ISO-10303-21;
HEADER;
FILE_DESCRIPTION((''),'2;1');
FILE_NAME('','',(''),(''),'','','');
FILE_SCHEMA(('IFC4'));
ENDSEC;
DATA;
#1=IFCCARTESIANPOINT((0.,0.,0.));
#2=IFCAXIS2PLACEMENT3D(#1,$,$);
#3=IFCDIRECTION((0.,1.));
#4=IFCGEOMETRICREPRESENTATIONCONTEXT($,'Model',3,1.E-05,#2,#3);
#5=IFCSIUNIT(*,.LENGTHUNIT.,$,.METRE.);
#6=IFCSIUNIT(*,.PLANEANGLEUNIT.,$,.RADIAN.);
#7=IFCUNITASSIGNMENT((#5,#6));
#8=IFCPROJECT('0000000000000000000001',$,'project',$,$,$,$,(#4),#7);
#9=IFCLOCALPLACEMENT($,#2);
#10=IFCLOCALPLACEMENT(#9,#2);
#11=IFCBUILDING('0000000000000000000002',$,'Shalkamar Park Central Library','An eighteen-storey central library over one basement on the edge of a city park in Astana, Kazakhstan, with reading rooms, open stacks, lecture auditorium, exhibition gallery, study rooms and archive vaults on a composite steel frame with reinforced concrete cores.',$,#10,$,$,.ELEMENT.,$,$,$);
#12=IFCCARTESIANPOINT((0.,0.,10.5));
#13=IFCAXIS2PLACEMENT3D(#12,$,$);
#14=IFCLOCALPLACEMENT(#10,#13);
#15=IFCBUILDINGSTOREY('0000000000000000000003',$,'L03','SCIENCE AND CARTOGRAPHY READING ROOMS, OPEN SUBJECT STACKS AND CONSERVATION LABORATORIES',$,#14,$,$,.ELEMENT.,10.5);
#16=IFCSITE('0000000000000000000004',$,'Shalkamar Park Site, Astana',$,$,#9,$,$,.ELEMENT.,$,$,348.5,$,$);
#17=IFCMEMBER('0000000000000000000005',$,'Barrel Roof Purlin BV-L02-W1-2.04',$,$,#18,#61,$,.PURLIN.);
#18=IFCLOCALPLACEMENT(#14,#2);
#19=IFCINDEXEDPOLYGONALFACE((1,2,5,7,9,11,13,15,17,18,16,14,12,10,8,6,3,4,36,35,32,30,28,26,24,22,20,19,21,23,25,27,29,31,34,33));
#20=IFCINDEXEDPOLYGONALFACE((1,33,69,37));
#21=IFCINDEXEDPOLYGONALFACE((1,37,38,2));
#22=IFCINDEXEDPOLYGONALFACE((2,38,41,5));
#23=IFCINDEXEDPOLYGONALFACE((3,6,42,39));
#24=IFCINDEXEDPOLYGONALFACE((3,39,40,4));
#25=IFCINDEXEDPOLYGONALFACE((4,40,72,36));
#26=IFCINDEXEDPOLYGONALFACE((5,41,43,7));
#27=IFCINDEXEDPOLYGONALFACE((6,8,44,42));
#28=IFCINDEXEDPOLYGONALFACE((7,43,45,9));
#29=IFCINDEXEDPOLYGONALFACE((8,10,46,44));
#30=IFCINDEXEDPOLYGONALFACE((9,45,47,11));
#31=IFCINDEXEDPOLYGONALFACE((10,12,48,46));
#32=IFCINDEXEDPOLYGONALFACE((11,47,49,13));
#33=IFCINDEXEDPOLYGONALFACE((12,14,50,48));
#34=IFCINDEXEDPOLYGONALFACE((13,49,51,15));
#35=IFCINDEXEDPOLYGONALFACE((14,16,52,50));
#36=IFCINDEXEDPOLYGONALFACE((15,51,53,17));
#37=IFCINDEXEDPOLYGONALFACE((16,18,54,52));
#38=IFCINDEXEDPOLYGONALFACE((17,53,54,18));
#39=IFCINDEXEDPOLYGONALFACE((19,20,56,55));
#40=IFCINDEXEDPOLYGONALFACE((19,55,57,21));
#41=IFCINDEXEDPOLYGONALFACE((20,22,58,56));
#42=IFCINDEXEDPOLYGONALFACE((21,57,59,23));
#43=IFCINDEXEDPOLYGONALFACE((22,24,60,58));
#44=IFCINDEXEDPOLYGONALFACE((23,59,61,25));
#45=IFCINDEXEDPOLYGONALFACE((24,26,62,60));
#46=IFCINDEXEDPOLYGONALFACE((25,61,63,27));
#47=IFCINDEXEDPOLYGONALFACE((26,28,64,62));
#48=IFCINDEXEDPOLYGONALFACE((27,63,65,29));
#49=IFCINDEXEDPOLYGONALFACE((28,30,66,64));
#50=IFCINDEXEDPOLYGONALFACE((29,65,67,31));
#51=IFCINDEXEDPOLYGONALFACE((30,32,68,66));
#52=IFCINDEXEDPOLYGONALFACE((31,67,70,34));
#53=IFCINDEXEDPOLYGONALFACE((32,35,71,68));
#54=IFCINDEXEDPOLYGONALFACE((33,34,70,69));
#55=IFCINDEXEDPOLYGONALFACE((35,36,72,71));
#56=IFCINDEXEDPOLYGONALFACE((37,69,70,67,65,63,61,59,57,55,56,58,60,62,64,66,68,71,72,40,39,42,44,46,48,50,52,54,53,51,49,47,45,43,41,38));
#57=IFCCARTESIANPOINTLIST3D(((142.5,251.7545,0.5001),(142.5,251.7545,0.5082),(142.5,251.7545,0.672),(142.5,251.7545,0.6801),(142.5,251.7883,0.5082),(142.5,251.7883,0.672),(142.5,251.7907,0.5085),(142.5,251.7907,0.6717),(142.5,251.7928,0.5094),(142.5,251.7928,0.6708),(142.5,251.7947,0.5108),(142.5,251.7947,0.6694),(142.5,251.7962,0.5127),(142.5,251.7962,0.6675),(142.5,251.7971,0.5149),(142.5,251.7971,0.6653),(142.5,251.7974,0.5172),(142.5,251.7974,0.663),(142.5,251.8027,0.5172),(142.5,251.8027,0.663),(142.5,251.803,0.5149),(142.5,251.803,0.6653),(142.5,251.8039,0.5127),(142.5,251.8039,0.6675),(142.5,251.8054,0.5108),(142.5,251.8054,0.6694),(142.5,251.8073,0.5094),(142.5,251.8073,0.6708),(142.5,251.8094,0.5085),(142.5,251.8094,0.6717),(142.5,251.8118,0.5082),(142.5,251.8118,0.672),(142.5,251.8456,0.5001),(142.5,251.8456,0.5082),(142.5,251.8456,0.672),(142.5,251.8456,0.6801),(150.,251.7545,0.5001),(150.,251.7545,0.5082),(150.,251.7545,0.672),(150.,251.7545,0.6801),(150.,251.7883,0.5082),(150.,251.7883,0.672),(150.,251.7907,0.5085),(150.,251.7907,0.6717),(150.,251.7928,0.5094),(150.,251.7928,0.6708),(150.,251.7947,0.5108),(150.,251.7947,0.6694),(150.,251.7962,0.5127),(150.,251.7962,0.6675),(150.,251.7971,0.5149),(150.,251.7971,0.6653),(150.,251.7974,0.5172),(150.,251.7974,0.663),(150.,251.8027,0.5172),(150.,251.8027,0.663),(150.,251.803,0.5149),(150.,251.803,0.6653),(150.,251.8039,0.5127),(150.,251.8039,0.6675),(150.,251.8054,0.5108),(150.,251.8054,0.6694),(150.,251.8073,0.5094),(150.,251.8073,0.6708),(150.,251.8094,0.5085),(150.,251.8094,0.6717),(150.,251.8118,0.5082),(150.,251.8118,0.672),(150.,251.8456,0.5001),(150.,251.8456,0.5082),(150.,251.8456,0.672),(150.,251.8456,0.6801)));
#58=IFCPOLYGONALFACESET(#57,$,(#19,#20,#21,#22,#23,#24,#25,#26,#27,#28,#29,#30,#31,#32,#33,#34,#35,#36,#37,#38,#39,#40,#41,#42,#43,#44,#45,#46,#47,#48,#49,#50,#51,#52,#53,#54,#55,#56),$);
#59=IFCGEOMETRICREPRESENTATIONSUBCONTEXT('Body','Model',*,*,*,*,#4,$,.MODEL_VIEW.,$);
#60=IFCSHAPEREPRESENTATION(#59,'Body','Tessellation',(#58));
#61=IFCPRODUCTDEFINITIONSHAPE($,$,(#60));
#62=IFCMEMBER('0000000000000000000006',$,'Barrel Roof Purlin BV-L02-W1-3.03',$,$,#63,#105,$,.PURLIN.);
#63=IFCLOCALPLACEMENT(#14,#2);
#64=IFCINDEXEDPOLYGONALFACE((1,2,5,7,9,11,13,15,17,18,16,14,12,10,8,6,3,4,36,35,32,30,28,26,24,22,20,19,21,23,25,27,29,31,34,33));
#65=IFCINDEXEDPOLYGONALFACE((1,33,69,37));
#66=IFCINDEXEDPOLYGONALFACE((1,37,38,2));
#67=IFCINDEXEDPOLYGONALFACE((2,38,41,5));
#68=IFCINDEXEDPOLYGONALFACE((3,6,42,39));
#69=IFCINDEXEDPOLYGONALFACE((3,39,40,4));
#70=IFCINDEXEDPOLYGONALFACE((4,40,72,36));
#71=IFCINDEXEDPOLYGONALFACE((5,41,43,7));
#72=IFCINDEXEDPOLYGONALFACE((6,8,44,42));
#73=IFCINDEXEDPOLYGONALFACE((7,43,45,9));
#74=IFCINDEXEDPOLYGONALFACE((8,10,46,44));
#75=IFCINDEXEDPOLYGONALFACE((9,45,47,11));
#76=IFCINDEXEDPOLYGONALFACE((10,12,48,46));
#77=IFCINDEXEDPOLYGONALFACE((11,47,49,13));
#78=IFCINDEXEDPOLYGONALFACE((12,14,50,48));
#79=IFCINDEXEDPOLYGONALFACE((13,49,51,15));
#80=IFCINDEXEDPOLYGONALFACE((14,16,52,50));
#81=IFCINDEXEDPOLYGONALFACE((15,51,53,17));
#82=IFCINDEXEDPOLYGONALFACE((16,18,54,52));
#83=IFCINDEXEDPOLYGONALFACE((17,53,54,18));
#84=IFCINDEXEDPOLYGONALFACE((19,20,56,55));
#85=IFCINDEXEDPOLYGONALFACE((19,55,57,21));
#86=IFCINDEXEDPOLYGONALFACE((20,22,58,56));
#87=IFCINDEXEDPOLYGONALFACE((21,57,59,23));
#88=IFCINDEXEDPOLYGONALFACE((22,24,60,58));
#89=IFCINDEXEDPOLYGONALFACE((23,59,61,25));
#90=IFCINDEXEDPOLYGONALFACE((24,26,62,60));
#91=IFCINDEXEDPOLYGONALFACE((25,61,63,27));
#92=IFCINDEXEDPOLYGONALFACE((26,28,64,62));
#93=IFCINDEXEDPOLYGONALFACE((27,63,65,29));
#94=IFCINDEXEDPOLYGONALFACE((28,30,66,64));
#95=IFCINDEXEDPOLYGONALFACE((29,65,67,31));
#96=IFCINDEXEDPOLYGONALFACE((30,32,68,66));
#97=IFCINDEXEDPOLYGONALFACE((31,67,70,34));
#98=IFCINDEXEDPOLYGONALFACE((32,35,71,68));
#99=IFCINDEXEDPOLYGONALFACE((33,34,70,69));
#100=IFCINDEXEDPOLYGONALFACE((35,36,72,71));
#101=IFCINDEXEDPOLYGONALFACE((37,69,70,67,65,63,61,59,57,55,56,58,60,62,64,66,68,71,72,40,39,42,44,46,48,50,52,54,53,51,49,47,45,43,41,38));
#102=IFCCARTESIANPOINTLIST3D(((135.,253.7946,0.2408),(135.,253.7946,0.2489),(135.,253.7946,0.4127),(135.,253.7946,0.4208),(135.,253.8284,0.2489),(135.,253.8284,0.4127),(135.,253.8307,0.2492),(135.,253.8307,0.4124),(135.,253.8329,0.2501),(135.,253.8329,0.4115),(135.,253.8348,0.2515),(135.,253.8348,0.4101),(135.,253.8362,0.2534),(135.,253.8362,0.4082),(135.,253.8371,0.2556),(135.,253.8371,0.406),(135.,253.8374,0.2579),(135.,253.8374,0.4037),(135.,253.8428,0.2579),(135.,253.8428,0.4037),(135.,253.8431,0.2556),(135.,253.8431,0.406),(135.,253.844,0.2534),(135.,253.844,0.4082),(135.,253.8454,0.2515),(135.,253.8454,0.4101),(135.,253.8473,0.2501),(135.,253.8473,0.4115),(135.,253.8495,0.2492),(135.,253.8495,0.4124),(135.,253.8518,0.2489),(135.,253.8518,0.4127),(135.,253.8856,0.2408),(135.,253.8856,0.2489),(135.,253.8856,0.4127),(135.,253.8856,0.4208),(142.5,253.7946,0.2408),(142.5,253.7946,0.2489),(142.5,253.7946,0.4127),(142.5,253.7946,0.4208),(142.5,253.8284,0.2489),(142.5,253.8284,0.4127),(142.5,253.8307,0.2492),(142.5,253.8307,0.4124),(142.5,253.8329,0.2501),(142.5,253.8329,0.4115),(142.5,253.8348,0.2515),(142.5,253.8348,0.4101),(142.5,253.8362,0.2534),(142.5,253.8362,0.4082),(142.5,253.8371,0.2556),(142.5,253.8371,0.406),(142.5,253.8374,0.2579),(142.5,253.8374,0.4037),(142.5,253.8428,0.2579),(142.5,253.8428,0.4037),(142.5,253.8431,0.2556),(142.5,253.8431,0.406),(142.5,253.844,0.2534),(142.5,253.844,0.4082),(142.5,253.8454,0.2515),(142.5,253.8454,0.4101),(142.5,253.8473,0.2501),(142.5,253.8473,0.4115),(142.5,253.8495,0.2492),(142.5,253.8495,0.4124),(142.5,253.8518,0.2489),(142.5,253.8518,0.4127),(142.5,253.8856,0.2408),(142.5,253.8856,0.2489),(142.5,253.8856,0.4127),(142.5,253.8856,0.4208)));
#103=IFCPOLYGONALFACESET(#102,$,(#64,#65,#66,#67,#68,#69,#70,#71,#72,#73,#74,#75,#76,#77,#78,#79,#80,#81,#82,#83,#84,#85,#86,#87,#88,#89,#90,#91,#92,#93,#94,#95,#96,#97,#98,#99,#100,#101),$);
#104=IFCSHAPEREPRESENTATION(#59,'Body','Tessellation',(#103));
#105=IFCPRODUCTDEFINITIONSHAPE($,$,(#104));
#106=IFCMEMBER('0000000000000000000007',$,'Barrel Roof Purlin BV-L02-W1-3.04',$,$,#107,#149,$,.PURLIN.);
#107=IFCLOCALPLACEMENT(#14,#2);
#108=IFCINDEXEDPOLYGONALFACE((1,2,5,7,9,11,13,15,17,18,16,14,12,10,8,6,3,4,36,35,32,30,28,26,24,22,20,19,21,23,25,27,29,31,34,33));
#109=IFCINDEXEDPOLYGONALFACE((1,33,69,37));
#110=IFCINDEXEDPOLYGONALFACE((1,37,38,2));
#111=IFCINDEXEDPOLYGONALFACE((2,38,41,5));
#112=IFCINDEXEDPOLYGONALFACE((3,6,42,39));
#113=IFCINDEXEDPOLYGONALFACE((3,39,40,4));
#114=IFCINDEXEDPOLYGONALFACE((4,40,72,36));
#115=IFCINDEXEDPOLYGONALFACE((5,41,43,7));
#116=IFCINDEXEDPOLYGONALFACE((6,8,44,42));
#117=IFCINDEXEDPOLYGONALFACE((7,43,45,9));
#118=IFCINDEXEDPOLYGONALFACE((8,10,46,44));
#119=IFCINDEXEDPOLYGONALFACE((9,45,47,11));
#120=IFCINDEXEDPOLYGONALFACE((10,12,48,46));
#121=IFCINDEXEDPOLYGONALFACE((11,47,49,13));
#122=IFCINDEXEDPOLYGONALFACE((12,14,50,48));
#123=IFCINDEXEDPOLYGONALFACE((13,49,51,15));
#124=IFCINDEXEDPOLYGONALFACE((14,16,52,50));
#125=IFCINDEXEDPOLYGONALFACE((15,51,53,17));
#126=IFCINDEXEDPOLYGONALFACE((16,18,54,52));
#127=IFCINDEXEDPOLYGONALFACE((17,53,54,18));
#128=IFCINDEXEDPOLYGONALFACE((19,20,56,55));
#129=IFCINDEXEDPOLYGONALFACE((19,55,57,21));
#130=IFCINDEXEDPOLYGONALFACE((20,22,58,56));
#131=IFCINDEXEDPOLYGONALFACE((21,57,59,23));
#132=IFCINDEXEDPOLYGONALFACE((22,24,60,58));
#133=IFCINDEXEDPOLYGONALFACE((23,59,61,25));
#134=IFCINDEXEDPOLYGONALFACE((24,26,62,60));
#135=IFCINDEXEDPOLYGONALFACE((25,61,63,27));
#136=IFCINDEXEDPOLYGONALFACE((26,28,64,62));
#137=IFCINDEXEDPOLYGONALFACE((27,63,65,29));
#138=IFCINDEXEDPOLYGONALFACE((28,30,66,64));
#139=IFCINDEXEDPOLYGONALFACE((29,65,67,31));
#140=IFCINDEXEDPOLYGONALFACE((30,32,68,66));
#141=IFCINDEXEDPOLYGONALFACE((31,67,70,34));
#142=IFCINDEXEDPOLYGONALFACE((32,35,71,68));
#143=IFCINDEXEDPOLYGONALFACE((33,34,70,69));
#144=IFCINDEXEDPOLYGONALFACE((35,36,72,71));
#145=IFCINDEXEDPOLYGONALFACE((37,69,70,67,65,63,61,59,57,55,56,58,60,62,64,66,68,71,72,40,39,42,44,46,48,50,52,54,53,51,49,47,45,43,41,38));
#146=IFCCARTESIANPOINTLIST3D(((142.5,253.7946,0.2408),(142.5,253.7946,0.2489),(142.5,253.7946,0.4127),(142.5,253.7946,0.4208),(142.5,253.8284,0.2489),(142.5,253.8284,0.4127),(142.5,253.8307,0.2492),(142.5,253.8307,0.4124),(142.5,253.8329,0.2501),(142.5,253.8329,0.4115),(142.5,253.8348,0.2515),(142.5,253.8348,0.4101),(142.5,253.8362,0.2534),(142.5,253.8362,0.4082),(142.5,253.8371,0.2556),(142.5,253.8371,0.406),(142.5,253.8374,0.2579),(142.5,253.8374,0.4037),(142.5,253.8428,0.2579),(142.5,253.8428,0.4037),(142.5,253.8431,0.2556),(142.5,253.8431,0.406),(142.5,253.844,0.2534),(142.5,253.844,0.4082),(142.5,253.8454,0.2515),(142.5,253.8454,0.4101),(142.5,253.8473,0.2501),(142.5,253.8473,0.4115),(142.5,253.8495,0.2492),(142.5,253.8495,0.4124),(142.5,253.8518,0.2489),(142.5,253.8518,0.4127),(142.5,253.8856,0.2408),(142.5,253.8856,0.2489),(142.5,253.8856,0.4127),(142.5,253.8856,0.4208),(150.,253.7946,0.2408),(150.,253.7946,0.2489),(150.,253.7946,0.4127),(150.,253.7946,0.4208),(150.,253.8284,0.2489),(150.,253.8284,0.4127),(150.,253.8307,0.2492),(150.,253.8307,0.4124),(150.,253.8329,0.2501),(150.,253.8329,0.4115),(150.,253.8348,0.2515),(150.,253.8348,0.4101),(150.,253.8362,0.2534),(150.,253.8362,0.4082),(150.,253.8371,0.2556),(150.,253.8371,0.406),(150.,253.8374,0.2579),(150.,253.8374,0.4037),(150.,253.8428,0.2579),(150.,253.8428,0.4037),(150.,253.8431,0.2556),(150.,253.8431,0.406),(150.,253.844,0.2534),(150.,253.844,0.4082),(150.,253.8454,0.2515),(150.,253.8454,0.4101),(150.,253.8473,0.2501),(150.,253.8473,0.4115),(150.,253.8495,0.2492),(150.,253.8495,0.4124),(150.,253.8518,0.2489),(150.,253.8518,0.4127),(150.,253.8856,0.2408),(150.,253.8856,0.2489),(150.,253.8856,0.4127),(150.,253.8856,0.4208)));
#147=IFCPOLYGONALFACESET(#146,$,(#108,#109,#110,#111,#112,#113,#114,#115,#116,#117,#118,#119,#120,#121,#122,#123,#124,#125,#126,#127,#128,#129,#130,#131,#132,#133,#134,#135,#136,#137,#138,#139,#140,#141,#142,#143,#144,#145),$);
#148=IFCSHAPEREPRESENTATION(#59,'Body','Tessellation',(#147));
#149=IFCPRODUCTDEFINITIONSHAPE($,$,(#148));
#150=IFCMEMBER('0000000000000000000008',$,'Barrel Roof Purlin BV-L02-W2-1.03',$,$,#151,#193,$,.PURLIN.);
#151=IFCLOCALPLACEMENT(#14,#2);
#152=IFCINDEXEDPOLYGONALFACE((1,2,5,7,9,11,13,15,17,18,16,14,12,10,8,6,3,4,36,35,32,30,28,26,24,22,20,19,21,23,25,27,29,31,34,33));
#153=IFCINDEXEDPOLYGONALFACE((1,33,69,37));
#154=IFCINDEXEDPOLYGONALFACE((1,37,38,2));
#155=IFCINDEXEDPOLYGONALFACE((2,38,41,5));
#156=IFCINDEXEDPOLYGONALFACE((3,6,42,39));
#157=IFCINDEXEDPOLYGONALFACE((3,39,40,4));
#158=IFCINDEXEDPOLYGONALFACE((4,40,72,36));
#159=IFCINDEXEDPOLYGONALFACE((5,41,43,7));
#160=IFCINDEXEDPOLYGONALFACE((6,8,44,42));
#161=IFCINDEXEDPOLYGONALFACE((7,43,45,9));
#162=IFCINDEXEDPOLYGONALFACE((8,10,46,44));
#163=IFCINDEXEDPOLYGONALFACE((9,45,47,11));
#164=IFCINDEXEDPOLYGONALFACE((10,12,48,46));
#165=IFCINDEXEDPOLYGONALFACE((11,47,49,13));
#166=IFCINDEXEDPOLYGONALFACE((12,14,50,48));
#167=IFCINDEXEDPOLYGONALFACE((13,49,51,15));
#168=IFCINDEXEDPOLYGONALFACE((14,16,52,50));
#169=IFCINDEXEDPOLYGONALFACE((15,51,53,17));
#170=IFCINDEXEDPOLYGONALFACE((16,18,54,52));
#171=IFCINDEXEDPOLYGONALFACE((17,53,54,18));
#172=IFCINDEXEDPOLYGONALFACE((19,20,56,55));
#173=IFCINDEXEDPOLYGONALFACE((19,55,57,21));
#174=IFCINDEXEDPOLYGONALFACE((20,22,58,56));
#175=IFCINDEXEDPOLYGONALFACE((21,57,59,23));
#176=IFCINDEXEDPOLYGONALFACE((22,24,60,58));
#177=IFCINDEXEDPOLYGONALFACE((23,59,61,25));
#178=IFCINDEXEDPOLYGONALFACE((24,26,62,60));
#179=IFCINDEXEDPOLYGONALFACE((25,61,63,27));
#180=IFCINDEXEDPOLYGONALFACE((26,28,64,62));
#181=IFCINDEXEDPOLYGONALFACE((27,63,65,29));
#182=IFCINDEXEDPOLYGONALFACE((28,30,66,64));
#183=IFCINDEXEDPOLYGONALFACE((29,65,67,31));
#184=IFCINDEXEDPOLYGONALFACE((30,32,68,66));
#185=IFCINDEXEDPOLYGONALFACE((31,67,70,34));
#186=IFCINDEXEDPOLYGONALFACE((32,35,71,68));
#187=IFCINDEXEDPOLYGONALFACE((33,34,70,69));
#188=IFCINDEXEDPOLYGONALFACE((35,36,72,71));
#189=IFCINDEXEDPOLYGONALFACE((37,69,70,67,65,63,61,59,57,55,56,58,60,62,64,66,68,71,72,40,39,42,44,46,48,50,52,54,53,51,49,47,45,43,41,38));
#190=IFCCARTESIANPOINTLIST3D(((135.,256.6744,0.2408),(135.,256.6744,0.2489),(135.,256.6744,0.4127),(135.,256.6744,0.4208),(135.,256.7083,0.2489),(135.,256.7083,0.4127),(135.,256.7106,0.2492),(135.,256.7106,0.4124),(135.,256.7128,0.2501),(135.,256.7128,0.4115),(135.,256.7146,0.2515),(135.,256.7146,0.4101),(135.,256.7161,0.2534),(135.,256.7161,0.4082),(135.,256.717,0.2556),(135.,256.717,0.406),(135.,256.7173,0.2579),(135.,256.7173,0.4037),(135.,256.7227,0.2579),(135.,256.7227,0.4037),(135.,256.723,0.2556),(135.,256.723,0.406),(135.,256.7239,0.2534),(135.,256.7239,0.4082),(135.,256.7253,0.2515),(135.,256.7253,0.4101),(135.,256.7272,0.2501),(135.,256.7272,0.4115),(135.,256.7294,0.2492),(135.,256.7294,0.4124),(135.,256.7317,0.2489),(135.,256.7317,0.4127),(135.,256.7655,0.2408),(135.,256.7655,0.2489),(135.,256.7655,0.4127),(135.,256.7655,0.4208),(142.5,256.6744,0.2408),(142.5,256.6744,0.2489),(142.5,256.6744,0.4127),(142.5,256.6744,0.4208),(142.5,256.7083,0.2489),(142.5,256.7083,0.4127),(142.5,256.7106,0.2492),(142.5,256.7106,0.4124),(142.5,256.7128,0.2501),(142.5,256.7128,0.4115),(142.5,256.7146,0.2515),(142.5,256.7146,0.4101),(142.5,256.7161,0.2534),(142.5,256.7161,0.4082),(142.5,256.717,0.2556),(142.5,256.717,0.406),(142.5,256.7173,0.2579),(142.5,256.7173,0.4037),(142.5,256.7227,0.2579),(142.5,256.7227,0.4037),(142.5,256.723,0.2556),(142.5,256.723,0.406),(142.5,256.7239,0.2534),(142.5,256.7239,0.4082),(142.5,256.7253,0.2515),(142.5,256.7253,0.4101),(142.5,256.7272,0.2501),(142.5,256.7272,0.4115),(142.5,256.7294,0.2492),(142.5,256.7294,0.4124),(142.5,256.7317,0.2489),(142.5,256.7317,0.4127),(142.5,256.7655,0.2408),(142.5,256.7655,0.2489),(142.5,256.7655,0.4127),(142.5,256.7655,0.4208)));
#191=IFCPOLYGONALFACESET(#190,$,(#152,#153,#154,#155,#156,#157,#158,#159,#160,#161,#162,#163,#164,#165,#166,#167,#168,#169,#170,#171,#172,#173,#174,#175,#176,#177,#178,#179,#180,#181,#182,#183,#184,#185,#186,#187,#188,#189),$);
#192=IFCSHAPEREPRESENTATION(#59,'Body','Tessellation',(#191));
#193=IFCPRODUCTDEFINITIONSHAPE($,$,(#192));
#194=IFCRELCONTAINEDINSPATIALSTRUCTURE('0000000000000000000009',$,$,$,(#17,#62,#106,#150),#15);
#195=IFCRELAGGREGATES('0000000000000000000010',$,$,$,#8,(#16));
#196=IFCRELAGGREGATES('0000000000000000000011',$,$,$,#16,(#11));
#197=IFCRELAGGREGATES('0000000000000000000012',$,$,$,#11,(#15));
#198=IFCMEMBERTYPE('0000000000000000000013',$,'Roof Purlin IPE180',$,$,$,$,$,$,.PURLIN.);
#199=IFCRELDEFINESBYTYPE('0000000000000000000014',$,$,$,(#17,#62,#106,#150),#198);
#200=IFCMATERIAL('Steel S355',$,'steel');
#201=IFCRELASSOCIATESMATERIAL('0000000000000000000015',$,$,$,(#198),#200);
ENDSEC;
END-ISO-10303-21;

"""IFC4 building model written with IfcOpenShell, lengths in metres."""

from ifc_helpers import new_model, si_unit, direction, frame, origin, origin_2d, place, context, subcontext, project, spatial, i_section, extrude, material, material_profile, profile_set, type_object, element, save


model = new_model("IFC4")

# Units and contexts
model_context = context("Model", 3, precision=1e-05, world=origin(), true_north=direction((0.0, 1.0)))
body_context = subcontext(model_context, "Body", "Model", "MODEL_VIEW")
ifc_project = project(units=[si_unit("LENGTHUNIT", "METRE"), si_unit("PLANEANGLEUNIT", "RADIAN")], contexts=[model_context])

# Site, building, storey
site_placement = place(None, origin())
site = spatial("IfcSite", under=ifc_project, at=site_placement, Name="Shalkamar Park Site, Astana", CompositionType="ELEMENT", RefElevation=348.5)
building_placement = place(site_placement, origin())
building = spatial("IfcBuilding", under=site, at=building_placement, Name="Shalkamar Park Central Library", Description="An eighteen-storey central library over one basement on the edge of a city park in Astana, Kazakhstan, with reading rooms, open stacks, lecture auditorium, exhibition gallery, study rooms and archive vaults on a composite steel frame with reinforced concrete cores.", CompositionType="ELEMENT")
storey_placement = place(building_placement, frame((0.0, 0.0, 10.5)))
storey = spatial("IfcBuildingStorey", under=building, at=storey_placement, Name="L03", Description="SCIENCE AND CARTOGRAPHY READING ROOMS, OPEN SUBJECT STACKS AND CONSERVATION LABORATORIES", CompositionType="ELEMENT", Elevation=10.5)

# Members
ifc_material_1 = material(Name="Steel S355", Category="steel")
ifc_material_profile_1 = material_profile(ifc_material_1, i_section(OverallWidth=0.0911, OverallDepth=0.1799, WebThickness=0.0054, FlangeThickness=0.0081, FilletRadius=0.009, at=origin_2d()), Name="IPE 180")
ifc_profile_set_1 = profile_set([ifc_material_profile_1], Name="Steel S355")
member_type_1 = type_object("IfcMemberType", Name="Roof Purlin IPE180", PredefinedType="PURLIN", material=ifc_profile_set_1)
for number, where, z_axis, x_axis, name in (
    (1, (142.5, 251.8, 0.5901), (1.0, 0.0, 0.0), (0.0, 1.0, 0.0), "Barrel Roof Purlin BV-L02-W1-2.04"),
    (2, (135.0, 253.8401, 0.3308), (1.0, 0.0, 0.0), (0.0, 1.0, 0.0), "Barrel Roof Purlin BV-L02-W1-3.03"),
    (3, (142.5, 253.8401, 0.3308), (1.0, 0.0, 0.0), (0.0, 1.0, 0.0), "Barrel Roof Purlin BV-L02-W1-3.04"),
    (4, (135.0, 256.72, 0.3308), (1.0, 0.0, 0.0), (0.0, 1.0, 0.0), "Barrel Roof Purlin BV-L02-W2-1.03"),
):
    element("IfcMember", number, at=place(storey_placement, frame(where, z_axis=z_axis, x_axis=x_axis)), inside=storey, type_object=member_type_1, Name=name, PredefinedType="PURLIN", context=body_context, shape_type="SweptSolid", body=[
        extrude(i_section(OverallWidth=0.0911, OverallDepth=0.1799, WebThickness=0.0054, FlangeThickness=0.0081, FilletRadius=0.009, at=origin_2d()), origin(), (0.0, 0.0, 1.0), 7.5),
    ])

save(model, "model.ifc")
